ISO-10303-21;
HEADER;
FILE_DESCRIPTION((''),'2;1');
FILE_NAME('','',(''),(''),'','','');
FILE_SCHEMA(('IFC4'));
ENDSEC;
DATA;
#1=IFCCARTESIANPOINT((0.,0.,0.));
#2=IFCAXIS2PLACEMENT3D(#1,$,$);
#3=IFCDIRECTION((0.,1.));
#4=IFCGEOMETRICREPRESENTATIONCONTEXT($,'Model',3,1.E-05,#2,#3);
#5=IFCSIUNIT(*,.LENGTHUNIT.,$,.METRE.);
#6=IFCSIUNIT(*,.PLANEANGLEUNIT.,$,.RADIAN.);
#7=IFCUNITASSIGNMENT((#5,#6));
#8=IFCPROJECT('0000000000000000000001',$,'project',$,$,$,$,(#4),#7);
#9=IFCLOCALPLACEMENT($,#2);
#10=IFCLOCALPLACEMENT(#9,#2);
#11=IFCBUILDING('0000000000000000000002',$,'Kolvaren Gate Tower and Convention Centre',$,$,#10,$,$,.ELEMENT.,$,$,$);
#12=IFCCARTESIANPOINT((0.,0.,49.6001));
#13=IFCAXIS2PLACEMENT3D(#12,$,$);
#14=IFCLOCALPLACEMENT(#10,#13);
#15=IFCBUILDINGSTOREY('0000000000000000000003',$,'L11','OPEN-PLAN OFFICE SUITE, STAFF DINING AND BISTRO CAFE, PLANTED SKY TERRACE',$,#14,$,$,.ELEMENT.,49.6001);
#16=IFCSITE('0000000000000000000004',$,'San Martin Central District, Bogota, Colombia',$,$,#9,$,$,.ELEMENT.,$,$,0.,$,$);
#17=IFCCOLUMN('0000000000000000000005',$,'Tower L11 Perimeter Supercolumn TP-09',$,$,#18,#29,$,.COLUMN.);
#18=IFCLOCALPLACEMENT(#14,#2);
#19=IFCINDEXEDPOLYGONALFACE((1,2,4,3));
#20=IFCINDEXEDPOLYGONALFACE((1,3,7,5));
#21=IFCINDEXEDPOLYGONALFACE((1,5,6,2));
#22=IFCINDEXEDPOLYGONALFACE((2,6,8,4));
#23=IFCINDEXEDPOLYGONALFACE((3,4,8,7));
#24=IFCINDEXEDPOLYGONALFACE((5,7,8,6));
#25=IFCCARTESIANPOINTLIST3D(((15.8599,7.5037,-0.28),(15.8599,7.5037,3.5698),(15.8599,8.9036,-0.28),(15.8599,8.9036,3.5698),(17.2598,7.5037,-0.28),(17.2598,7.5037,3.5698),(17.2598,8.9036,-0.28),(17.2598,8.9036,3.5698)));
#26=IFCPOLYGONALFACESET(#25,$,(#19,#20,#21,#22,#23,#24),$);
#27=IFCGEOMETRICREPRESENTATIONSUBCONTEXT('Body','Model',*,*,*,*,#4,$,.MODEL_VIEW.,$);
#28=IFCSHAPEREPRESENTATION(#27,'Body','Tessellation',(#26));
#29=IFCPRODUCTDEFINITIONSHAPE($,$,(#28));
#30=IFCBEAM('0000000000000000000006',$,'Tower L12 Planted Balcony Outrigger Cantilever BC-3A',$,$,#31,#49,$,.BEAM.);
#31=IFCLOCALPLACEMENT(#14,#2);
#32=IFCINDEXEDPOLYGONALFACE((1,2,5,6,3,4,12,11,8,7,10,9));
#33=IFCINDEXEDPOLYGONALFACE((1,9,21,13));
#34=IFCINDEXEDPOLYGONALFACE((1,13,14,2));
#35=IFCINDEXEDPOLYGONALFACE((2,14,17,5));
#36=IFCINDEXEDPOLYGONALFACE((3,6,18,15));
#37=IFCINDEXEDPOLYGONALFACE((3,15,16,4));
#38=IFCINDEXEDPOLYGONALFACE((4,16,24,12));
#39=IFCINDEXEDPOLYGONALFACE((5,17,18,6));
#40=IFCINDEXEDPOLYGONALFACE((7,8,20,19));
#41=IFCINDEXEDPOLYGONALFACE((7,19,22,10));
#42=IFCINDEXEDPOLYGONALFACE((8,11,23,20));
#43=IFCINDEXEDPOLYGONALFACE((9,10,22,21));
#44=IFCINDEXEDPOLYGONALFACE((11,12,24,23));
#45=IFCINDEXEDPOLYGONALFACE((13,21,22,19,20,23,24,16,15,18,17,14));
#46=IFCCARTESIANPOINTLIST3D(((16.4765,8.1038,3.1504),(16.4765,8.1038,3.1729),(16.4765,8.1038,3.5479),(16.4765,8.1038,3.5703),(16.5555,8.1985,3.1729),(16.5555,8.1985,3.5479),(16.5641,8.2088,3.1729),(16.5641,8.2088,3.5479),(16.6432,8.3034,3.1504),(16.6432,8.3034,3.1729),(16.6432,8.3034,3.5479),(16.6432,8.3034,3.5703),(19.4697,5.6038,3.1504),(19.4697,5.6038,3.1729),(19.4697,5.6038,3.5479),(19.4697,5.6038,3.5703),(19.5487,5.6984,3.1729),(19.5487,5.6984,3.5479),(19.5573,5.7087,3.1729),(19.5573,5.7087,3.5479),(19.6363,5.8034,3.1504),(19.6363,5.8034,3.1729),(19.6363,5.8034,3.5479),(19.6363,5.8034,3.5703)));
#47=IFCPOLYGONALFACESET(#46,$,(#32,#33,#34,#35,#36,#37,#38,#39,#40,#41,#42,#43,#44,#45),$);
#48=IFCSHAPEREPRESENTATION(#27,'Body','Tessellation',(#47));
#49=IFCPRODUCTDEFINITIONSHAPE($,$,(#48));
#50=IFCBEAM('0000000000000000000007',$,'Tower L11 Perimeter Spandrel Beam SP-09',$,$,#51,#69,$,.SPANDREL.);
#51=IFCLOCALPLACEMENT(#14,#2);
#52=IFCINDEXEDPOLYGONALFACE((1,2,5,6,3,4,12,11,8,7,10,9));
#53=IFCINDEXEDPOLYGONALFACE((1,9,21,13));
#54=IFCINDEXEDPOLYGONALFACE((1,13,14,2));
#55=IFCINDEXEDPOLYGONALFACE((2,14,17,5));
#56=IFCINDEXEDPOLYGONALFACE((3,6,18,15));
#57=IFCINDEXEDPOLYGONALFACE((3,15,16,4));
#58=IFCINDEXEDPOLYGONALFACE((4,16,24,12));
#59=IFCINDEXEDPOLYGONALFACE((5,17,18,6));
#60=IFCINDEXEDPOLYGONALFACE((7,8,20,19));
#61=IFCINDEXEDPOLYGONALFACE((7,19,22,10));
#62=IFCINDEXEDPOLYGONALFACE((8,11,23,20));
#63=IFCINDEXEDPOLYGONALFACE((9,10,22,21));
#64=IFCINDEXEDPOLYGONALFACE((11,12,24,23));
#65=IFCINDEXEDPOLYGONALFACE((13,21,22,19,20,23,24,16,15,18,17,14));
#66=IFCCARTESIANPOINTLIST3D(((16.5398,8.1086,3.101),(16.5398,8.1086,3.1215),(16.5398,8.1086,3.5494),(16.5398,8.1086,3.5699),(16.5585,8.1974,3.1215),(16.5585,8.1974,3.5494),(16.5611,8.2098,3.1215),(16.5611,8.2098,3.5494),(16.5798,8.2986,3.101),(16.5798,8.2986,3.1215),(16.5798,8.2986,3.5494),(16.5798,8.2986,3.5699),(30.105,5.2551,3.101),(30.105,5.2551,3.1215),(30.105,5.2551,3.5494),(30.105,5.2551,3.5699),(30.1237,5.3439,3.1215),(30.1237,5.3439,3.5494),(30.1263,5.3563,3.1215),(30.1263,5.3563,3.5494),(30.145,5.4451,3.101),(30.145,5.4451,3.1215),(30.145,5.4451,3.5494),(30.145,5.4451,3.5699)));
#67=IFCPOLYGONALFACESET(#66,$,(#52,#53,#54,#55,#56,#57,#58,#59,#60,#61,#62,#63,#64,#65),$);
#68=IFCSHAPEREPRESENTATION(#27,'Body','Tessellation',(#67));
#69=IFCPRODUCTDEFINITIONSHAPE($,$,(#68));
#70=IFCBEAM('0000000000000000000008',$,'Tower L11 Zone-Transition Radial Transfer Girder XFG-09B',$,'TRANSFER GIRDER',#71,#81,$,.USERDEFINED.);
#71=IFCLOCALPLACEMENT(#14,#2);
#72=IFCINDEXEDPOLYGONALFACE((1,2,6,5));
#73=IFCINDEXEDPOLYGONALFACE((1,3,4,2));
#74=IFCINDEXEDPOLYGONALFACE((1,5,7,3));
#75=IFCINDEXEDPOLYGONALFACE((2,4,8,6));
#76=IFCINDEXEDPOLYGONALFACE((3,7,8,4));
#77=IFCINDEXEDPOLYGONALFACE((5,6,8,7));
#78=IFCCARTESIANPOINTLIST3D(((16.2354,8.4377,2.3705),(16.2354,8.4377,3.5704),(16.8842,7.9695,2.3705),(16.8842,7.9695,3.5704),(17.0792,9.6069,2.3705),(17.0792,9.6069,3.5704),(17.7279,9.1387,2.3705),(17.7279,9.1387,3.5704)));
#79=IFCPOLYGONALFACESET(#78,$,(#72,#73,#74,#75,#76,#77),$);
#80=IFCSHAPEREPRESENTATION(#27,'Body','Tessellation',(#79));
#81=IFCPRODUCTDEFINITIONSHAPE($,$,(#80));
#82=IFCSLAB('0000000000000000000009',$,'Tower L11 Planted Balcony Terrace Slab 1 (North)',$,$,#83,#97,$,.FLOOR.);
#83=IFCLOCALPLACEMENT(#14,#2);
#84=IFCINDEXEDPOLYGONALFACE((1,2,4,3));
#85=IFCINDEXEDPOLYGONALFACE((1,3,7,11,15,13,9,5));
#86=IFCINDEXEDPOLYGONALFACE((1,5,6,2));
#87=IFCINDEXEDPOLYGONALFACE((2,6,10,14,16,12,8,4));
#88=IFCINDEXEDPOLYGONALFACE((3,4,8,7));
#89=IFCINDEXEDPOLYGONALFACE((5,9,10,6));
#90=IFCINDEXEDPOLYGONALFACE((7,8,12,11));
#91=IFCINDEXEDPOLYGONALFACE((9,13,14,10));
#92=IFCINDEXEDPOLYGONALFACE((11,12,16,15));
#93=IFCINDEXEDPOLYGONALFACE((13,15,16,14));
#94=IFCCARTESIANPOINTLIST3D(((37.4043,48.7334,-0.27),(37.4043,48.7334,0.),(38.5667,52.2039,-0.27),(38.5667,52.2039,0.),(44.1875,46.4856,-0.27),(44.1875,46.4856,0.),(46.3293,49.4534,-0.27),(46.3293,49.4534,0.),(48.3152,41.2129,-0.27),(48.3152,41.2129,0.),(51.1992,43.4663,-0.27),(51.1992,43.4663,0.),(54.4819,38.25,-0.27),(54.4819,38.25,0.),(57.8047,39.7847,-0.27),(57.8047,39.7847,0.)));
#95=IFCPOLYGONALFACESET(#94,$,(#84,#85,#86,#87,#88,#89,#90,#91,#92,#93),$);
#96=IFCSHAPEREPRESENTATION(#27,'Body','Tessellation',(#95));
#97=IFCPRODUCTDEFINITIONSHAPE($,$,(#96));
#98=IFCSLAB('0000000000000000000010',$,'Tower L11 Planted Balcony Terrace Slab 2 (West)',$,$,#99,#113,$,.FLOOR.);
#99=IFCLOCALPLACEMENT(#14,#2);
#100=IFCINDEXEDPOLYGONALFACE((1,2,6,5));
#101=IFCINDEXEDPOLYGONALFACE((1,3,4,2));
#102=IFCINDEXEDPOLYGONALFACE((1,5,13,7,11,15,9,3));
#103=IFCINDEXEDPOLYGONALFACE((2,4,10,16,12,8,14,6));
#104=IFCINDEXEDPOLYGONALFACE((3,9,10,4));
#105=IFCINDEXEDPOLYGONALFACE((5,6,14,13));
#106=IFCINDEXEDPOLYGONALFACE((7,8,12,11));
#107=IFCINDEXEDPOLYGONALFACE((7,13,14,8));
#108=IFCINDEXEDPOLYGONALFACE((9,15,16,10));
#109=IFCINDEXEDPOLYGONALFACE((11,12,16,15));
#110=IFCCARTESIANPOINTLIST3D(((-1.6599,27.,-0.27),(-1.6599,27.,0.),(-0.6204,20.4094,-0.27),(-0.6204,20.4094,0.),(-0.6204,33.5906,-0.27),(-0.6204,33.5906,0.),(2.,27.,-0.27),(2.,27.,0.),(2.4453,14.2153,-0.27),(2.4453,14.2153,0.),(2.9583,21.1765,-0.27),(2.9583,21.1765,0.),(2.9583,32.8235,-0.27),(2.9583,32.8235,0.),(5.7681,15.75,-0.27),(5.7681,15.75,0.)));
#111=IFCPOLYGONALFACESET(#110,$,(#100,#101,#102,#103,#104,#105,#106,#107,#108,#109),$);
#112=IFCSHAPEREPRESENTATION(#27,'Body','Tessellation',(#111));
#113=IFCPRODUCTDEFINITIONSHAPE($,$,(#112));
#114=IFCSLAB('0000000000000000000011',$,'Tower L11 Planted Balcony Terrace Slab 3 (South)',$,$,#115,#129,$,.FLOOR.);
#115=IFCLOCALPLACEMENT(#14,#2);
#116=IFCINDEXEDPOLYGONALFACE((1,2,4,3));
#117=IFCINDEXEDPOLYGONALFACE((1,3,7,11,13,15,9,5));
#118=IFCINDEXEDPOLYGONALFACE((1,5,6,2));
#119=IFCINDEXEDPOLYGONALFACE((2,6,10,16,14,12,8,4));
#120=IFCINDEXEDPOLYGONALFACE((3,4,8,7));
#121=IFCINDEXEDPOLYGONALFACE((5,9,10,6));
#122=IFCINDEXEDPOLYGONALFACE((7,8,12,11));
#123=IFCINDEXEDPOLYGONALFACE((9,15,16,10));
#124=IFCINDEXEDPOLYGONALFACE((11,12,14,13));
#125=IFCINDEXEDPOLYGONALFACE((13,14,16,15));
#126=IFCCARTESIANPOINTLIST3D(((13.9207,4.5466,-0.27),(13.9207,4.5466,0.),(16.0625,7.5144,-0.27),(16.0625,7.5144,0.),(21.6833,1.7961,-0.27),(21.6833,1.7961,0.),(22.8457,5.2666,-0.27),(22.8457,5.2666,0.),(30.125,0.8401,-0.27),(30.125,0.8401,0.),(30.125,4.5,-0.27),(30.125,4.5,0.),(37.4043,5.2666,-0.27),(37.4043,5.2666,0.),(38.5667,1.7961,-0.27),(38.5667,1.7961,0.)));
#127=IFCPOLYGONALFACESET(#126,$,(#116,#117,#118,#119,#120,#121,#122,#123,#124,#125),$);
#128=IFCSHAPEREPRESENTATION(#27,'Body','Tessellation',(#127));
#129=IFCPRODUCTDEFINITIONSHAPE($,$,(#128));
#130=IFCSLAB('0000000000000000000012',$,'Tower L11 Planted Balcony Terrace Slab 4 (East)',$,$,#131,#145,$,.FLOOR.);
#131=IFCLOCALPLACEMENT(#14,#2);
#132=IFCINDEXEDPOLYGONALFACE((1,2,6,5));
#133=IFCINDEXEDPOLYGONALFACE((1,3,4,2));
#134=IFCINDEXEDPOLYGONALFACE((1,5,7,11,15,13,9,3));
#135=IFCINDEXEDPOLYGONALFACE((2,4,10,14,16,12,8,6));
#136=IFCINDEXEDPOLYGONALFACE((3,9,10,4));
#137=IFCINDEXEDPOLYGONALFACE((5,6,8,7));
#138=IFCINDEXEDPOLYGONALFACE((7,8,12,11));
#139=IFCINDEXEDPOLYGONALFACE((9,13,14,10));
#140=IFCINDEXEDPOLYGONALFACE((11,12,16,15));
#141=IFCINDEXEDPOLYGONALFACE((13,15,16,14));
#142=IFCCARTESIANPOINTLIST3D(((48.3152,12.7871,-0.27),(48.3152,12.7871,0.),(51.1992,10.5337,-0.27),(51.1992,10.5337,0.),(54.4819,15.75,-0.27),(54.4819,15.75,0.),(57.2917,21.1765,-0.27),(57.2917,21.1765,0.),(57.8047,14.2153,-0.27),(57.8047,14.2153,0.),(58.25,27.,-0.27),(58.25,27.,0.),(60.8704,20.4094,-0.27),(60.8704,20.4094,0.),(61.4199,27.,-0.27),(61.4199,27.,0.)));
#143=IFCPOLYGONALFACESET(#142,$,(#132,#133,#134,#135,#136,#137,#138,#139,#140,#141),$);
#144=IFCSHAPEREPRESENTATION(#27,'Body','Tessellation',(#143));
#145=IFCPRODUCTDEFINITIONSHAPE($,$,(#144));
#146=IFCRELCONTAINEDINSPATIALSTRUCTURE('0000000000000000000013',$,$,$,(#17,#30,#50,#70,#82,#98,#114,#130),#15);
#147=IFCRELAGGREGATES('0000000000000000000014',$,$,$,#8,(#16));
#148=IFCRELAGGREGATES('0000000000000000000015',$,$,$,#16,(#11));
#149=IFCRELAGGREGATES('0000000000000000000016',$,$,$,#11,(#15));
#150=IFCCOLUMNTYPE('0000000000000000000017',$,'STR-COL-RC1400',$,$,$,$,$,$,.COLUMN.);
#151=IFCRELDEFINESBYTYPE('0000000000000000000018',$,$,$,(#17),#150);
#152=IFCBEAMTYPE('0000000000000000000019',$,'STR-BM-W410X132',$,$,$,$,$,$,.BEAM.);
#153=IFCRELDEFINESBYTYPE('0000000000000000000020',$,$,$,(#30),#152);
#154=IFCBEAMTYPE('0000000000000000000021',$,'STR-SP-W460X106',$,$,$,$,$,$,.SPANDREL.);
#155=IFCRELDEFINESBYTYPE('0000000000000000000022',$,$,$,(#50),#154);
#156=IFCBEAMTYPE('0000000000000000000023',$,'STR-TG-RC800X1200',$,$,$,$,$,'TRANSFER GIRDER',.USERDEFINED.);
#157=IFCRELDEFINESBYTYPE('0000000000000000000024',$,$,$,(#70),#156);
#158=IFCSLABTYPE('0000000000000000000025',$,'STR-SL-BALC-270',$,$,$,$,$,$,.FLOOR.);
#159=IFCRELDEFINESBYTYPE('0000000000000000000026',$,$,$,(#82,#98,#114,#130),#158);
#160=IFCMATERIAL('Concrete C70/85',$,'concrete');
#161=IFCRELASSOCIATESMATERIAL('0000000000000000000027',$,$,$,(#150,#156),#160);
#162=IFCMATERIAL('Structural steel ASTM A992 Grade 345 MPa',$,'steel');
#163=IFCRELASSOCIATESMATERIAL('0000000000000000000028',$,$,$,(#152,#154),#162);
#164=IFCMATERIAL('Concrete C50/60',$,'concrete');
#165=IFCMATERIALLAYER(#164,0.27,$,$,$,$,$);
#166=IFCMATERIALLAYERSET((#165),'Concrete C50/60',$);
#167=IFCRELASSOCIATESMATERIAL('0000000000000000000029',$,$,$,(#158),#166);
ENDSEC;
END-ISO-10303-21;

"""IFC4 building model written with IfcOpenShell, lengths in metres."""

from ifc_helpers import new_model, si_unit, direction, frame, origin, origin_2d, place, context, subcontext, project, spatial, polyline, rectangle, i_section, outline, extrude, material, layer, layer_set, material_profile, profile_set, type_object, element, save


model = new_model("IFC4")

# Units and contexts
model_context = context("Model", 3, precision=1e-05, world=origin(), true_north=direction((0.0, 1.0)))
body_context = subcontext(model_context, "Body", "Model", "MODEL_VIEW")
ifc_project = project(units=[si_unit("LENGTHUNIT", "METRE"), si_unit("PLANEANGLEUNIT", "RADIAN")], contexts=[model_context])

# Site, building, storey
site_placement = place(None, origin())
site = spatial("IfcSite", under=ifc_project, at=site_placement, Name="San Martin Central District, Bogota, Colombia", CompositionType="ELEMENT", RefElevation=0.0)
building_placement = place(site_placement, origin())
building = spatial("IfcBuilding", under=site, at=building_placement, Name="Kolvaren Gate Tower and Convention Centre", CompositionType="ELEMENT")
storey_placement = place(building_placement, frame((0.0, 0.0, 49.6001)))
storey = spatial("IfcBuildingStorey", under=building, at=storey_placement, Name="L11", Description="OPEN-PLAN OFFICE SUITE, STAFF DINING AND BISTRO CAFE, PLANTED SKY TERRACE", CompositionType="ELEMENT", Elevation=49.6001)

# Column
ifc_material_1 = material(Name="Concrete C70/85", Category="concrete")
ifc_material_profile_1 = material_profile(ifc_material_1, rectangle(XDim=1.3999, YDim=1.3999, at=origin_2d()), Name="RC-COL-1400X1400")
ifc_profile_set_1 = profile_set([ifc_material_profile_1], Name="Concrete C70/85")
column_type = type_object("IfcColumnType", Name="STR-COL-RC1400", PredefinedType="COLUMN", material=ifc_profile_set_1)
column_placement = place(storey_placement, frame((16.5598, 8.2036, -0.28), z_axis=(0.0, 0.0, 1.0), x_axis=(1.0, 0.0, 0.0)))
element("IfcColumn", 1, at=column_placement, inside=storey, type_object=column_type, Name="Tower L11 Perimeter Supercolumn TP-09", PredefinedType="COLUMN", context=body_context, shape_type="SweptSolid", body=[
    extrude(rectangle(XDim=1.3999, YDim=1.3999, at=origin_2d()), origin(), (0.0, 0.0, 1.0), 3.8499),
])

# Beams
ifc_material_2 = material(Name="Structural steel ASTM A992 Grade 345 MPa", Category="steel")
ifc_material_profile_2 = material_profile(ifc_material_2, i_section(OverallWidth=0.26, OverallDepth=0.4199, WebThickness=0.0134, FlangeThickness=0.0225, at=origin_2d()), Name="W410X132")
ifc_profile_set_2 = profile_set([ifc_material_profile_2], Name="Structural steel ASTM A992 Grade 345 MPa")
beam_type_1 = type_object("IfcBeamType", Name="STR-BM-W410X132", PredefinedType="BEAM", material=ifc_profile_set_2)
beam_1_placement = place(storey_placement, frame((16.5598, 8.2036, 3.3604), z_axis=(0.767502, -0.641046, 0.0), x_axis=(0.641046, 0.767502, 0.0)))
element("IfcBeam", 2, at=beam_1_placement, inside=storey, type_object=beam_type_1, Name="Tower L12 Planted Balcony Outrigger Cantilever BC-3A", PredefinedType="BEAM", context=body_context, shape_type="SweptSolid", body=[
    extrude(i_section(OverallWidth=0.26, OverallDepth=0.4199, WebThickness=0.0134, FlangeThickness=0.0225, at=origin_2d()), origin(), (0.0, 0.0, 1.0), 3.8999),
])
ifc_material_profile_3 = material_profile(ifc_material_2, i_section(OverallWidth=0.1941, OverallDepth=0.469, WebThickness=0.0127, FlangeThickness=0.0205, at=origin_2d()), Name="W460X106")
ifc_profile_set_3 = profile_set([ifc_material_profile_3], Name="Structural steel ASTM A992 Grade 345 MPa")
beam_type_2 = type_object("IfcBeamType", Name="STR-SP-W460X106", PredefinedType="SPANDREL", material=ifc_profile_set_3)
beam_2_placement = place(storey_placement, frame((16.5598, 8.2036, 3.3354), z_axis=(0.978583, -0.205851, 0.0), x_axis=(0.205851, 0.978583, 0.0)))
element("IfcBeam", 3, at=beam_2_placement, inside=storey, type_object=beam_type_2, Name="Tower L11 Perimeter Spandrel Beam SP-09", PredefinedType="SPANDREL", context=body_context, shape_type="SweptSolid", body=[
    extrude(i_section(OverallWidth=0.1941, OverallDepth=0.469, WebThickness=0.0127, FlangeThickness=0.0205, at=origin_2d()), origin(), (0.0, 0.0, 1.0), 13.8621),
])
ifc_material_profile_4 = material_profile(ifc_material_1, rectangle(XDim=0.8, YDim=1.2, at=origin_2d()), Name="RC-BM-800X1200")
ifc_profile_set_4 = profile_set([ifc_material_profile_4], Name="Concrete C70/85")
beam_type_3 = type_object("IfcBeamType", Name="STR-TG-RC800X1200", ElementType="TRANSFER GIRDER", PredefinedType="USERDEFINED", material=ifc_profile_set_4)
beam_3_placement = place(storey_placement, frame((17.4036, 9.3728, 2.9705), z_axis=(-0.585188, -0.810898, 0.0), x_axis=(0.810898, -0.585188, 0.0)))
element("IfcBeam", 4, at=beam_3_placement, inside=storey, type_object=beam_type_3, Name="Tower L11 Zone-Transition Radial Transfer Girder XFG-09B", ObjectType="TRANSFER GIRDER", PredefinedType="USERDEFINED", context=body_context, shape_type="SweptSolid", body=[
    extrude(rectangle(XDim=0.8, YDim=1.2, at=origin_2d()), origin(), (0.0, 0.0, 1.0), 1.4419),
])

# Slabs
ifc_material_3 = material(Name="Concrete C50/60", Category="concrete")
ifc_layer_1 = layer(ifc_material_3, 0.27)
ifc_layer_set_1 = layer_set([ifc_layer_1], Name="Concrete C50/60")
slab_type_1 = type_object("IfcSlabType", Name="STR-SL-BALC-270", PredefinedType="FLOOR", material=ifc_layer_set_1)
slab_1_placement = place(storey_placement, frame((0.0, 0.0, -0.27)))
element("IfcSlab", 5, at=slab_1_placement, inside=storey, type_object=slab_type_1, Name="Tower L11 Planted Balcony Terrace Slab 1 (North)", PredefinedType="FLOOR", context=body_context, shape_type="SweptSolid", body=[
    extrude(outline(polyline([(54.4819, 38.25), (48.3152, 41.2129), (44.1875, 46.4856), (37.4043, 48.7334), (38.5667, 52.2039), (46.3293, 49.4534), (51.1992, 43.4663), (57.8047, 39.7847), (54.4819, 38.25)])), origin(), (0.0, 0.0, 1.0), 0.27),
])
slab_2_placement = place(storey_placement, frame((0.0, 0.0, -0.27)))
element("IfcSlab", 6, at=slab_2_placement, inside=storey, type_object=slab_type_1, Name="Tower L11 Planted Balcony Terrace Slab 2 (West)", PredefinedType="FLOOR", context=body_context, shape_type="SweptSolid", body=[
    extrude(outline(polyline([(2.9583, 32.8235), (2.0, 27.0), (2.9583, 21.1765), (5.7681, 15.75), (2.4453, 14.2153), (-0.6204, 20.4094), (-1.6599, 27.0), (-0.6204, 33.5906), (2.9583, 32.8235)])), origin(), (0.0, 0.0, 1.0), 0.27),
])
slab_3_placement = place(storey_placement, frame((0.0, 0.0, -0.27)))
element("IfcSlab", 7, at=slab_3_placement, inside=storey, type_object=slab_type_1, Name="Tower L11 Planted Balcony Terrace Slab 3 (South)", PredefinedType="FLOOR", context=body_context, shape_type="SweptSolid", body=[
    extrude(outline(polyline([(16.0625, 7.5144), (22.8457, 5.2666), (30.125, 4.5), (37.4043, 5.2666), (38.5667, 1.7961), (30.125, 0.8401), (21.6833, 1.7961), (13.9207, 4.5466), (16.0625, 7.5144)])), origin(), (0.0, 0.0, 1.0), 0.27),
])
slab_4_placement = place(storey_placement, frame((0.0, 0.0, -0.27)))
element("IfcSlab", 8, at=slab_4_placement, inside=storey, type_object=slab_type_1, Name="Tower L11 Planted Balcony Terrace Slab 4 (East)", PredefinedType="FLOOR", context=body_context, shape_type="SweptSolid", body=[
    extrude(outline(polyline([(48.3152, 12.7871), (54.4819, 15.75), (57.2917, 21.1765), (58.25, 27.0), (61.4199, 27.0), (60.8704, 20.4094), (57.8047, 14.2153), (51.1992, 10.5337), (48.3152, 12.7871)])), origin(), (0.0, 0.0, 1.0), 0.27),
])

save(model, "model.ifc")
